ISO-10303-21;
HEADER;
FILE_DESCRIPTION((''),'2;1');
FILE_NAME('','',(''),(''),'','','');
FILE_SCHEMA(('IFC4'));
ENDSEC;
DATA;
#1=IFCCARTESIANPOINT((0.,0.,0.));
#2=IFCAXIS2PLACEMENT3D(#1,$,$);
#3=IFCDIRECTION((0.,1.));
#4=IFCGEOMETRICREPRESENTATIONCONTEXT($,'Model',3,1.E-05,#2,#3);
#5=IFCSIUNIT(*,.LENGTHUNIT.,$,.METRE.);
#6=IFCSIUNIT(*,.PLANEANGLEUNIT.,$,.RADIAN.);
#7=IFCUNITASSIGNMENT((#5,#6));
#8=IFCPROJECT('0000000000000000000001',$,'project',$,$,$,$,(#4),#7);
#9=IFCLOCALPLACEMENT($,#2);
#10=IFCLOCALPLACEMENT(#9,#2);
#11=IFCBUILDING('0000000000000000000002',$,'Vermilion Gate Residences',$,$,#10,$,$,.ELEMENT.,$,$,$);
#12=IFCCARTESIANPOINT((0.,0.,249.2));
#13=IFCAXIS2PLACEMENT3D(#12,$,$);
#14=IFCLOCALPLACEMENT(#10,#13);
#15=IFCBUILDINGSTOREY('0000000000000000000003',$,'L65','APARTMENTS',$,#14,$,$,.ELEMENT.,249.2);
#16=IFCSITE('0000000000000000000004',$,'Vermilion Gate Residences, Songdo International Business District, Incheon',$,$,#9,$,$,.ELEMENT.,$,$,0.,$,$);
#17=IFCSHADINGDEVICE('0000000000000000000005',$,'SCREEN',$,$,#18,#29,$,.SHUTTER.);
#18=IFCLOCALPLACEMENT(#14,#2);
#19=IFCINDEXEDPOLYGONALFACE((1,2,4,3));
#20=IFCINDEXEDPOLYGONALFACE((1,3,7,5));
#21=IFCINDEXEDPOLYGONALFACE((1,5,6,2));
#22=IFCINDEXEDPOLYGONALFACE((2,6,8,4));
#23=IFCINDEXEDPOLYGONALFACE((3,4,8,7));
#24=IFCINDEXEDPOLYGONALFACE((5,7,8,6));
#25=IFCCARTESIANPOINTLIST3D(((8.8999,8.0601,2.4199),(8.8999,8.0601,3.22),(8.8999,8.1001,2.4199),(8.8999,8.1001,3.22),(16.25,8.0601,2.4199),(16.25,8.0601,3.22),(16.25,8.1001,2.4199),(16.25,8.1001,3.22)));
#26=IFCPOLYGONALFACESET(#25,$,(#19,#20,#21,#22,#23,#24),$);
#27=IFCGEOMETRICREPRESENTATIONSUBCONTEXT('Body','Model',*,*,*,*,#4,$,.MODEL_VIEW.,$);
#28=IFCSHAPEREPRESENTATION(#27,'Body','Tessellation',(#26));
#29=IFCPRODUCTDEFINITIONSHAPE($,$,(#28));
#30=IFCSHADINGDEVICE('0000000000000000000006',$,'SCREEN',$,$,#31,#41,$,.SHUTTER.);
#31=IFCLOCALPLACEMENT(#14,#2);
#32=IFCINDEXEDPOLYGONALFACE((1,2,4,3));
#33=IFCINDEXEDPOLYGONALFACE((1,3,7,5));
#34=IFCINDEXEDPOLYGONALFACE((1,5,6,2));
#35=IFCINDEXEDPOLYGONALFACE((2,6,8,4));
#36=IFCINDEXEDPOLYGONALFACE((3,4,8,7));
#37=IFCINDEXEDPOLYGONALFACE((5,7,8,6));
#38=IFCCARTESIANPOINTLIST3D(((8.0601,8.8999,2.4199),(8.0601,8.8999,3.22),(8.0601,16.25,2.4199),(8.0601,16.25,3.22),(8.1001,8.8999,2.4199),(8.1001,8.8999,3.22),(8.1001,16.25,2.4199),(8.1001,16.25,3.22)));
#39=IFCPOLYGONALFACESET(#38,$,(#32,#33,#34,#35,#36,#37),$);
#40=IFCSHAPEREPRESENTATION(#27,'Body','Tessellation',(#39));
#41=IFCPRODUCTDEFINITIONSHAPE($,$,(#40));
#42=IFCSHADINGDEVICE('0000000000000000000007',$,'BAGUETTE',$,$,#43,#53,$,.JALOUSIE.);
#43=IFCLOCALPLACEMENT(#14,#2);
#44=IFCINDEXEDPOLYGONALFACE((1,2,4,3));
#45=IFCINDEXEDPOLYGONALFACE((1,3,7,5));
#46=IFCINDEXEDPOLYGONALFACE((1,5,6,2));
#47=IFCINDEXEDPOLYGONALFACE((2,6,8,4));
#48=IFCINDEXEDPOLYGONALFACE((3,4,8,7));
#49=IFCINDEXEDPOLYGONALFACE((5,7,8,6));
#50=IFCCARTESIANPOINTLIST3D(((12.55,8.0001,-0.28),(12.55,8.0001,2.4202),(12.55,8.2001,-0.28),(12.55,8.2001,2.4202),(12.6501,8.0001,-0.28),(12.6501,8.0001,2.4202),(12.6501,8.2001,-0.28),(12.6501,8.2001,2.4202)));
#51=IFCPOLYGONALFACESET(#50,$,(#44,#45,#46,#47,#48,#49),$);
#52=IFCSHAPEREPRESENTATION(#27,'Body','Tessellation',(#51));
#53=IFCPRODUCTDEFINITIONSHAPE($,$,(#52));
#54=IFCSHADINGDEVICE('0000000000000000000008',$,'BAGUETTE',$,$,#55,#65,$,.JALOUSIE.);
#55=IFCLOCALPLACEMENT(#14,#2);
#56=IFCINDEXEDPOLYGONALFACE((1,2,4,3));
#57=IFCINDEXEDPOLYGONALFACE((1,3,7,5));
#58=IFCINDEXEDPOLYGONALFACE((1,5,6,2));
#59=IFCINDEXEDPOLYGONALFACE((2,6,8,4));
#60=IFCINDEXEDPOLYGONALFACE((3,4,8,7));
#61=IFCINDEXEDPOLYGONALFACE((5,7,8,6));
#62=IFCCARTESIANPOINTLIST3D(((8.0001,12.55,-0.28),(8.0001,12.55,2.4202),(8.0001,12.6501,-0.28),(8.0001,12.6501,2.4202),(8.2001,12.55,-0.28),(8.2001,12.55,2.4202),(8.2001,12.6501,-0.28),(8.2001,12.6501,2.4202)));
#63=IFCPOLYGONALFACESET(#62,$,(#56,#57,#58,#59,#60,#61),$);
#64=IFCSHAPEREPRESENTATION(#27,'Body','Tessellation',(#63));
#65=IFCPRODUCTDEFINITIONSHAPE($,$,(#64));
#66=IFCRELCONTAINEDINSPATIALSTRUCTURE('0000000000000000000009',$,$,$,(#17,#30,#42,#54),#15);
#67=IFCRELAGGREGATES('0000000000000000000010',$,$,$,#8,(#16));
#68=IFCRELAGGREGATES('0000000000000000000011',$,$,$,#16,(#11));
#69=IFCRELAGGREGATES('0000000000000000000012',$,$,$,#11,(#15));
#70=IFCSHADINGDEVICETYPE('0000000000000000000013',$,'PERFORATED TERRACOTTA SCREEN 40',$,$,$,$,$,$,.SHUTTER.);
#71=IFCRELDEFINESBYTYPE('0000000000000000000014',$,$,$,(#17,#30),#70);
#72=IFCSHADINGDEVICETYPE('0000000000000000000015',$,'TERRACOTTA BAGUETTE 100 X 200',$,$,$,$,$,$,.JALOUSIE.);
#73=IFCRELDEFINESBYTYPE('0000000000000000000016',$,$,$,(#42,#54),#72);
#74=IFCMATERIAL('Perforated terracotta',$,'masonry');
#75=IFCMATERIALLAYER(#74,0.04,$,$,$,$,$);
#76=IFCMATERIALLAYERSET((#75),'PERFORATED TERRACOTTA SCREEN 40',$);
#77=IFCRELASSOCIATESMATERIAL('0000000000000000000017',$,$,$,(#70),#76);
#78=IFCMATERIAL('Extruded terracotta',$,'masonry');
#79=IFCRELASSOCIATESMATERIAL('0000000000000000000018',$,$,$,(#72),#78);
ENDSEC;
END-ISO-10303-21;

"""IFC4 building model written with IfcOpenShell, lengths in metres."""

from ifc_helpers import new_model, si_unit, direction, frame, origin, origin_2d, place, context, subcontext, project, spatial, rectangle, extrude, material, layer, layer_set, material_profile, profile_set, type_object, element, save


model = new_model("IFC4")

# Units and contexts
model_context = context("Model", 3, precision=1e-05, world=origin(), true_north=direction((0.0, 1.0)))
body_context = subcontext(model_context, "Body", "Model", "MODEL_VIEW")
ifc_project = project(units=[si_unit("LENGTHUNIT", "METRE"), si_unit("PLANEANGLEUNIT", "RADIAN")], contexts=[model_context])

# Site, building, storey
site_placement = place(None, origin())
site = spatial("IfcSite", under=ifc_project, at=site_placement, Name="Vermilion Gate Residences, Songdo International Business District, Incheon", CompositionType="ELEMENT", RefElevation=0.0)
building_placement = place(site_placement, origin())
building = spatial("IfcBuilding", under=site, at=building_placement, Name="Vermilion Gate Residences", CompositionType="ELEMENT")
storey_placement = place(building_placement, frame((0.0, 0.0, 249.2)))
storey = spatial("IfcBuildingStorey", under=building, at=storey_placement, Name="L65", Description="APARTMENTS", CompositionType="ELEMENT", Elevation=249.2)

# Shading devices
ifc_material_1 = material(Name="Perforated terracotta", Category="masonry")
ifc_layer_1 = layer(ifc_material_1, 0.04)
ifc_layer_set_1 = layer_set([ifc_layer_1], Name="PERFORATED TERRACOTTA SCREEN 40")
shading_device_type_1 = type_object("IfcShadingDeviceType", Name="PERFORATED TERRACOTTA SCREEN 40", PredefinedType="SHUTTER", material=ifc_layer_set_1)
for number, where, z_axis, x_axis, name in (
    (1, (12.575, 8.0801, 2.4199), (0.0, 0.0, 1.0), (1.0, 0.0, 0.0), "SCREEN"),
    (2, (8.0801, 12.575, 2.4199), (0.0, 0.0, 1.0), (0.0, -1.0, 0.0), "SCREEN"),
):
    element("IfcShadingDevice", number, at=place(storey_placement, frame(where, z_axis=z_axis, x_axis=x_axis)), inside=storey, type_object=shading_device_type_1, Name=name, PredefinedType="SHUTTER", context=body_context, shape_type="SweptSolid", body=[
        extrude(rectangle(XDim=7.3501, YDim=0.04, at=origin_2d()), origin(), (0.0, 0.0, 1.0), 0.8),
    ])
ifc_material_2 = material(Name="Extruded terracotta", Category="masonry")
ifc_material_profile_1 = material_profile(ifc_material_2, rectangle(XDim=0.2, YDim=0.1001, at=origin_2d()), Name="BAGUETTE 100 X 200")
ifc_profile_set_1 = profile_set([ifc_material_profile_1], Name="Extruded terracotta")
shading_device_type_2 = type_object("IfcShadingDeviceType", Name="TERRACOTTA BAGUETTE 100 X 200", PredefinedType="JALOUSIE", material=ifc_profile_set_1)
for number, where, z_axis, x_axis, name in (
    (3, (12.6001, 8.1001, -0.28), (0.0, 0.0, 1.0), (0.0, 1.0, 0.0), "BAGUETTE"),
    (4, (8.1001, 12.6001, -0.28), (0.0, 0.0, 1.0), (1.0, 0.0, 0.0), "BAGUETTE"),
):
    element("IfcShadingDevice", number, at=place(storey_placement, frame(where, z_axis=z_axis, x_axis=x_axis)), inside=storey, type_object=shading_device_type_2, Name=name, PredefinedType="JALOUSIE", context=body_context, shape_type="SweptSolid", body=[
        extrude(rectangle(XDim=0.2, YDim=0.1001, at=origin_2d()), origin(), (0.0, 0.0, 1.0), 2.7002),
    ])

save(model, "model.ifc")
